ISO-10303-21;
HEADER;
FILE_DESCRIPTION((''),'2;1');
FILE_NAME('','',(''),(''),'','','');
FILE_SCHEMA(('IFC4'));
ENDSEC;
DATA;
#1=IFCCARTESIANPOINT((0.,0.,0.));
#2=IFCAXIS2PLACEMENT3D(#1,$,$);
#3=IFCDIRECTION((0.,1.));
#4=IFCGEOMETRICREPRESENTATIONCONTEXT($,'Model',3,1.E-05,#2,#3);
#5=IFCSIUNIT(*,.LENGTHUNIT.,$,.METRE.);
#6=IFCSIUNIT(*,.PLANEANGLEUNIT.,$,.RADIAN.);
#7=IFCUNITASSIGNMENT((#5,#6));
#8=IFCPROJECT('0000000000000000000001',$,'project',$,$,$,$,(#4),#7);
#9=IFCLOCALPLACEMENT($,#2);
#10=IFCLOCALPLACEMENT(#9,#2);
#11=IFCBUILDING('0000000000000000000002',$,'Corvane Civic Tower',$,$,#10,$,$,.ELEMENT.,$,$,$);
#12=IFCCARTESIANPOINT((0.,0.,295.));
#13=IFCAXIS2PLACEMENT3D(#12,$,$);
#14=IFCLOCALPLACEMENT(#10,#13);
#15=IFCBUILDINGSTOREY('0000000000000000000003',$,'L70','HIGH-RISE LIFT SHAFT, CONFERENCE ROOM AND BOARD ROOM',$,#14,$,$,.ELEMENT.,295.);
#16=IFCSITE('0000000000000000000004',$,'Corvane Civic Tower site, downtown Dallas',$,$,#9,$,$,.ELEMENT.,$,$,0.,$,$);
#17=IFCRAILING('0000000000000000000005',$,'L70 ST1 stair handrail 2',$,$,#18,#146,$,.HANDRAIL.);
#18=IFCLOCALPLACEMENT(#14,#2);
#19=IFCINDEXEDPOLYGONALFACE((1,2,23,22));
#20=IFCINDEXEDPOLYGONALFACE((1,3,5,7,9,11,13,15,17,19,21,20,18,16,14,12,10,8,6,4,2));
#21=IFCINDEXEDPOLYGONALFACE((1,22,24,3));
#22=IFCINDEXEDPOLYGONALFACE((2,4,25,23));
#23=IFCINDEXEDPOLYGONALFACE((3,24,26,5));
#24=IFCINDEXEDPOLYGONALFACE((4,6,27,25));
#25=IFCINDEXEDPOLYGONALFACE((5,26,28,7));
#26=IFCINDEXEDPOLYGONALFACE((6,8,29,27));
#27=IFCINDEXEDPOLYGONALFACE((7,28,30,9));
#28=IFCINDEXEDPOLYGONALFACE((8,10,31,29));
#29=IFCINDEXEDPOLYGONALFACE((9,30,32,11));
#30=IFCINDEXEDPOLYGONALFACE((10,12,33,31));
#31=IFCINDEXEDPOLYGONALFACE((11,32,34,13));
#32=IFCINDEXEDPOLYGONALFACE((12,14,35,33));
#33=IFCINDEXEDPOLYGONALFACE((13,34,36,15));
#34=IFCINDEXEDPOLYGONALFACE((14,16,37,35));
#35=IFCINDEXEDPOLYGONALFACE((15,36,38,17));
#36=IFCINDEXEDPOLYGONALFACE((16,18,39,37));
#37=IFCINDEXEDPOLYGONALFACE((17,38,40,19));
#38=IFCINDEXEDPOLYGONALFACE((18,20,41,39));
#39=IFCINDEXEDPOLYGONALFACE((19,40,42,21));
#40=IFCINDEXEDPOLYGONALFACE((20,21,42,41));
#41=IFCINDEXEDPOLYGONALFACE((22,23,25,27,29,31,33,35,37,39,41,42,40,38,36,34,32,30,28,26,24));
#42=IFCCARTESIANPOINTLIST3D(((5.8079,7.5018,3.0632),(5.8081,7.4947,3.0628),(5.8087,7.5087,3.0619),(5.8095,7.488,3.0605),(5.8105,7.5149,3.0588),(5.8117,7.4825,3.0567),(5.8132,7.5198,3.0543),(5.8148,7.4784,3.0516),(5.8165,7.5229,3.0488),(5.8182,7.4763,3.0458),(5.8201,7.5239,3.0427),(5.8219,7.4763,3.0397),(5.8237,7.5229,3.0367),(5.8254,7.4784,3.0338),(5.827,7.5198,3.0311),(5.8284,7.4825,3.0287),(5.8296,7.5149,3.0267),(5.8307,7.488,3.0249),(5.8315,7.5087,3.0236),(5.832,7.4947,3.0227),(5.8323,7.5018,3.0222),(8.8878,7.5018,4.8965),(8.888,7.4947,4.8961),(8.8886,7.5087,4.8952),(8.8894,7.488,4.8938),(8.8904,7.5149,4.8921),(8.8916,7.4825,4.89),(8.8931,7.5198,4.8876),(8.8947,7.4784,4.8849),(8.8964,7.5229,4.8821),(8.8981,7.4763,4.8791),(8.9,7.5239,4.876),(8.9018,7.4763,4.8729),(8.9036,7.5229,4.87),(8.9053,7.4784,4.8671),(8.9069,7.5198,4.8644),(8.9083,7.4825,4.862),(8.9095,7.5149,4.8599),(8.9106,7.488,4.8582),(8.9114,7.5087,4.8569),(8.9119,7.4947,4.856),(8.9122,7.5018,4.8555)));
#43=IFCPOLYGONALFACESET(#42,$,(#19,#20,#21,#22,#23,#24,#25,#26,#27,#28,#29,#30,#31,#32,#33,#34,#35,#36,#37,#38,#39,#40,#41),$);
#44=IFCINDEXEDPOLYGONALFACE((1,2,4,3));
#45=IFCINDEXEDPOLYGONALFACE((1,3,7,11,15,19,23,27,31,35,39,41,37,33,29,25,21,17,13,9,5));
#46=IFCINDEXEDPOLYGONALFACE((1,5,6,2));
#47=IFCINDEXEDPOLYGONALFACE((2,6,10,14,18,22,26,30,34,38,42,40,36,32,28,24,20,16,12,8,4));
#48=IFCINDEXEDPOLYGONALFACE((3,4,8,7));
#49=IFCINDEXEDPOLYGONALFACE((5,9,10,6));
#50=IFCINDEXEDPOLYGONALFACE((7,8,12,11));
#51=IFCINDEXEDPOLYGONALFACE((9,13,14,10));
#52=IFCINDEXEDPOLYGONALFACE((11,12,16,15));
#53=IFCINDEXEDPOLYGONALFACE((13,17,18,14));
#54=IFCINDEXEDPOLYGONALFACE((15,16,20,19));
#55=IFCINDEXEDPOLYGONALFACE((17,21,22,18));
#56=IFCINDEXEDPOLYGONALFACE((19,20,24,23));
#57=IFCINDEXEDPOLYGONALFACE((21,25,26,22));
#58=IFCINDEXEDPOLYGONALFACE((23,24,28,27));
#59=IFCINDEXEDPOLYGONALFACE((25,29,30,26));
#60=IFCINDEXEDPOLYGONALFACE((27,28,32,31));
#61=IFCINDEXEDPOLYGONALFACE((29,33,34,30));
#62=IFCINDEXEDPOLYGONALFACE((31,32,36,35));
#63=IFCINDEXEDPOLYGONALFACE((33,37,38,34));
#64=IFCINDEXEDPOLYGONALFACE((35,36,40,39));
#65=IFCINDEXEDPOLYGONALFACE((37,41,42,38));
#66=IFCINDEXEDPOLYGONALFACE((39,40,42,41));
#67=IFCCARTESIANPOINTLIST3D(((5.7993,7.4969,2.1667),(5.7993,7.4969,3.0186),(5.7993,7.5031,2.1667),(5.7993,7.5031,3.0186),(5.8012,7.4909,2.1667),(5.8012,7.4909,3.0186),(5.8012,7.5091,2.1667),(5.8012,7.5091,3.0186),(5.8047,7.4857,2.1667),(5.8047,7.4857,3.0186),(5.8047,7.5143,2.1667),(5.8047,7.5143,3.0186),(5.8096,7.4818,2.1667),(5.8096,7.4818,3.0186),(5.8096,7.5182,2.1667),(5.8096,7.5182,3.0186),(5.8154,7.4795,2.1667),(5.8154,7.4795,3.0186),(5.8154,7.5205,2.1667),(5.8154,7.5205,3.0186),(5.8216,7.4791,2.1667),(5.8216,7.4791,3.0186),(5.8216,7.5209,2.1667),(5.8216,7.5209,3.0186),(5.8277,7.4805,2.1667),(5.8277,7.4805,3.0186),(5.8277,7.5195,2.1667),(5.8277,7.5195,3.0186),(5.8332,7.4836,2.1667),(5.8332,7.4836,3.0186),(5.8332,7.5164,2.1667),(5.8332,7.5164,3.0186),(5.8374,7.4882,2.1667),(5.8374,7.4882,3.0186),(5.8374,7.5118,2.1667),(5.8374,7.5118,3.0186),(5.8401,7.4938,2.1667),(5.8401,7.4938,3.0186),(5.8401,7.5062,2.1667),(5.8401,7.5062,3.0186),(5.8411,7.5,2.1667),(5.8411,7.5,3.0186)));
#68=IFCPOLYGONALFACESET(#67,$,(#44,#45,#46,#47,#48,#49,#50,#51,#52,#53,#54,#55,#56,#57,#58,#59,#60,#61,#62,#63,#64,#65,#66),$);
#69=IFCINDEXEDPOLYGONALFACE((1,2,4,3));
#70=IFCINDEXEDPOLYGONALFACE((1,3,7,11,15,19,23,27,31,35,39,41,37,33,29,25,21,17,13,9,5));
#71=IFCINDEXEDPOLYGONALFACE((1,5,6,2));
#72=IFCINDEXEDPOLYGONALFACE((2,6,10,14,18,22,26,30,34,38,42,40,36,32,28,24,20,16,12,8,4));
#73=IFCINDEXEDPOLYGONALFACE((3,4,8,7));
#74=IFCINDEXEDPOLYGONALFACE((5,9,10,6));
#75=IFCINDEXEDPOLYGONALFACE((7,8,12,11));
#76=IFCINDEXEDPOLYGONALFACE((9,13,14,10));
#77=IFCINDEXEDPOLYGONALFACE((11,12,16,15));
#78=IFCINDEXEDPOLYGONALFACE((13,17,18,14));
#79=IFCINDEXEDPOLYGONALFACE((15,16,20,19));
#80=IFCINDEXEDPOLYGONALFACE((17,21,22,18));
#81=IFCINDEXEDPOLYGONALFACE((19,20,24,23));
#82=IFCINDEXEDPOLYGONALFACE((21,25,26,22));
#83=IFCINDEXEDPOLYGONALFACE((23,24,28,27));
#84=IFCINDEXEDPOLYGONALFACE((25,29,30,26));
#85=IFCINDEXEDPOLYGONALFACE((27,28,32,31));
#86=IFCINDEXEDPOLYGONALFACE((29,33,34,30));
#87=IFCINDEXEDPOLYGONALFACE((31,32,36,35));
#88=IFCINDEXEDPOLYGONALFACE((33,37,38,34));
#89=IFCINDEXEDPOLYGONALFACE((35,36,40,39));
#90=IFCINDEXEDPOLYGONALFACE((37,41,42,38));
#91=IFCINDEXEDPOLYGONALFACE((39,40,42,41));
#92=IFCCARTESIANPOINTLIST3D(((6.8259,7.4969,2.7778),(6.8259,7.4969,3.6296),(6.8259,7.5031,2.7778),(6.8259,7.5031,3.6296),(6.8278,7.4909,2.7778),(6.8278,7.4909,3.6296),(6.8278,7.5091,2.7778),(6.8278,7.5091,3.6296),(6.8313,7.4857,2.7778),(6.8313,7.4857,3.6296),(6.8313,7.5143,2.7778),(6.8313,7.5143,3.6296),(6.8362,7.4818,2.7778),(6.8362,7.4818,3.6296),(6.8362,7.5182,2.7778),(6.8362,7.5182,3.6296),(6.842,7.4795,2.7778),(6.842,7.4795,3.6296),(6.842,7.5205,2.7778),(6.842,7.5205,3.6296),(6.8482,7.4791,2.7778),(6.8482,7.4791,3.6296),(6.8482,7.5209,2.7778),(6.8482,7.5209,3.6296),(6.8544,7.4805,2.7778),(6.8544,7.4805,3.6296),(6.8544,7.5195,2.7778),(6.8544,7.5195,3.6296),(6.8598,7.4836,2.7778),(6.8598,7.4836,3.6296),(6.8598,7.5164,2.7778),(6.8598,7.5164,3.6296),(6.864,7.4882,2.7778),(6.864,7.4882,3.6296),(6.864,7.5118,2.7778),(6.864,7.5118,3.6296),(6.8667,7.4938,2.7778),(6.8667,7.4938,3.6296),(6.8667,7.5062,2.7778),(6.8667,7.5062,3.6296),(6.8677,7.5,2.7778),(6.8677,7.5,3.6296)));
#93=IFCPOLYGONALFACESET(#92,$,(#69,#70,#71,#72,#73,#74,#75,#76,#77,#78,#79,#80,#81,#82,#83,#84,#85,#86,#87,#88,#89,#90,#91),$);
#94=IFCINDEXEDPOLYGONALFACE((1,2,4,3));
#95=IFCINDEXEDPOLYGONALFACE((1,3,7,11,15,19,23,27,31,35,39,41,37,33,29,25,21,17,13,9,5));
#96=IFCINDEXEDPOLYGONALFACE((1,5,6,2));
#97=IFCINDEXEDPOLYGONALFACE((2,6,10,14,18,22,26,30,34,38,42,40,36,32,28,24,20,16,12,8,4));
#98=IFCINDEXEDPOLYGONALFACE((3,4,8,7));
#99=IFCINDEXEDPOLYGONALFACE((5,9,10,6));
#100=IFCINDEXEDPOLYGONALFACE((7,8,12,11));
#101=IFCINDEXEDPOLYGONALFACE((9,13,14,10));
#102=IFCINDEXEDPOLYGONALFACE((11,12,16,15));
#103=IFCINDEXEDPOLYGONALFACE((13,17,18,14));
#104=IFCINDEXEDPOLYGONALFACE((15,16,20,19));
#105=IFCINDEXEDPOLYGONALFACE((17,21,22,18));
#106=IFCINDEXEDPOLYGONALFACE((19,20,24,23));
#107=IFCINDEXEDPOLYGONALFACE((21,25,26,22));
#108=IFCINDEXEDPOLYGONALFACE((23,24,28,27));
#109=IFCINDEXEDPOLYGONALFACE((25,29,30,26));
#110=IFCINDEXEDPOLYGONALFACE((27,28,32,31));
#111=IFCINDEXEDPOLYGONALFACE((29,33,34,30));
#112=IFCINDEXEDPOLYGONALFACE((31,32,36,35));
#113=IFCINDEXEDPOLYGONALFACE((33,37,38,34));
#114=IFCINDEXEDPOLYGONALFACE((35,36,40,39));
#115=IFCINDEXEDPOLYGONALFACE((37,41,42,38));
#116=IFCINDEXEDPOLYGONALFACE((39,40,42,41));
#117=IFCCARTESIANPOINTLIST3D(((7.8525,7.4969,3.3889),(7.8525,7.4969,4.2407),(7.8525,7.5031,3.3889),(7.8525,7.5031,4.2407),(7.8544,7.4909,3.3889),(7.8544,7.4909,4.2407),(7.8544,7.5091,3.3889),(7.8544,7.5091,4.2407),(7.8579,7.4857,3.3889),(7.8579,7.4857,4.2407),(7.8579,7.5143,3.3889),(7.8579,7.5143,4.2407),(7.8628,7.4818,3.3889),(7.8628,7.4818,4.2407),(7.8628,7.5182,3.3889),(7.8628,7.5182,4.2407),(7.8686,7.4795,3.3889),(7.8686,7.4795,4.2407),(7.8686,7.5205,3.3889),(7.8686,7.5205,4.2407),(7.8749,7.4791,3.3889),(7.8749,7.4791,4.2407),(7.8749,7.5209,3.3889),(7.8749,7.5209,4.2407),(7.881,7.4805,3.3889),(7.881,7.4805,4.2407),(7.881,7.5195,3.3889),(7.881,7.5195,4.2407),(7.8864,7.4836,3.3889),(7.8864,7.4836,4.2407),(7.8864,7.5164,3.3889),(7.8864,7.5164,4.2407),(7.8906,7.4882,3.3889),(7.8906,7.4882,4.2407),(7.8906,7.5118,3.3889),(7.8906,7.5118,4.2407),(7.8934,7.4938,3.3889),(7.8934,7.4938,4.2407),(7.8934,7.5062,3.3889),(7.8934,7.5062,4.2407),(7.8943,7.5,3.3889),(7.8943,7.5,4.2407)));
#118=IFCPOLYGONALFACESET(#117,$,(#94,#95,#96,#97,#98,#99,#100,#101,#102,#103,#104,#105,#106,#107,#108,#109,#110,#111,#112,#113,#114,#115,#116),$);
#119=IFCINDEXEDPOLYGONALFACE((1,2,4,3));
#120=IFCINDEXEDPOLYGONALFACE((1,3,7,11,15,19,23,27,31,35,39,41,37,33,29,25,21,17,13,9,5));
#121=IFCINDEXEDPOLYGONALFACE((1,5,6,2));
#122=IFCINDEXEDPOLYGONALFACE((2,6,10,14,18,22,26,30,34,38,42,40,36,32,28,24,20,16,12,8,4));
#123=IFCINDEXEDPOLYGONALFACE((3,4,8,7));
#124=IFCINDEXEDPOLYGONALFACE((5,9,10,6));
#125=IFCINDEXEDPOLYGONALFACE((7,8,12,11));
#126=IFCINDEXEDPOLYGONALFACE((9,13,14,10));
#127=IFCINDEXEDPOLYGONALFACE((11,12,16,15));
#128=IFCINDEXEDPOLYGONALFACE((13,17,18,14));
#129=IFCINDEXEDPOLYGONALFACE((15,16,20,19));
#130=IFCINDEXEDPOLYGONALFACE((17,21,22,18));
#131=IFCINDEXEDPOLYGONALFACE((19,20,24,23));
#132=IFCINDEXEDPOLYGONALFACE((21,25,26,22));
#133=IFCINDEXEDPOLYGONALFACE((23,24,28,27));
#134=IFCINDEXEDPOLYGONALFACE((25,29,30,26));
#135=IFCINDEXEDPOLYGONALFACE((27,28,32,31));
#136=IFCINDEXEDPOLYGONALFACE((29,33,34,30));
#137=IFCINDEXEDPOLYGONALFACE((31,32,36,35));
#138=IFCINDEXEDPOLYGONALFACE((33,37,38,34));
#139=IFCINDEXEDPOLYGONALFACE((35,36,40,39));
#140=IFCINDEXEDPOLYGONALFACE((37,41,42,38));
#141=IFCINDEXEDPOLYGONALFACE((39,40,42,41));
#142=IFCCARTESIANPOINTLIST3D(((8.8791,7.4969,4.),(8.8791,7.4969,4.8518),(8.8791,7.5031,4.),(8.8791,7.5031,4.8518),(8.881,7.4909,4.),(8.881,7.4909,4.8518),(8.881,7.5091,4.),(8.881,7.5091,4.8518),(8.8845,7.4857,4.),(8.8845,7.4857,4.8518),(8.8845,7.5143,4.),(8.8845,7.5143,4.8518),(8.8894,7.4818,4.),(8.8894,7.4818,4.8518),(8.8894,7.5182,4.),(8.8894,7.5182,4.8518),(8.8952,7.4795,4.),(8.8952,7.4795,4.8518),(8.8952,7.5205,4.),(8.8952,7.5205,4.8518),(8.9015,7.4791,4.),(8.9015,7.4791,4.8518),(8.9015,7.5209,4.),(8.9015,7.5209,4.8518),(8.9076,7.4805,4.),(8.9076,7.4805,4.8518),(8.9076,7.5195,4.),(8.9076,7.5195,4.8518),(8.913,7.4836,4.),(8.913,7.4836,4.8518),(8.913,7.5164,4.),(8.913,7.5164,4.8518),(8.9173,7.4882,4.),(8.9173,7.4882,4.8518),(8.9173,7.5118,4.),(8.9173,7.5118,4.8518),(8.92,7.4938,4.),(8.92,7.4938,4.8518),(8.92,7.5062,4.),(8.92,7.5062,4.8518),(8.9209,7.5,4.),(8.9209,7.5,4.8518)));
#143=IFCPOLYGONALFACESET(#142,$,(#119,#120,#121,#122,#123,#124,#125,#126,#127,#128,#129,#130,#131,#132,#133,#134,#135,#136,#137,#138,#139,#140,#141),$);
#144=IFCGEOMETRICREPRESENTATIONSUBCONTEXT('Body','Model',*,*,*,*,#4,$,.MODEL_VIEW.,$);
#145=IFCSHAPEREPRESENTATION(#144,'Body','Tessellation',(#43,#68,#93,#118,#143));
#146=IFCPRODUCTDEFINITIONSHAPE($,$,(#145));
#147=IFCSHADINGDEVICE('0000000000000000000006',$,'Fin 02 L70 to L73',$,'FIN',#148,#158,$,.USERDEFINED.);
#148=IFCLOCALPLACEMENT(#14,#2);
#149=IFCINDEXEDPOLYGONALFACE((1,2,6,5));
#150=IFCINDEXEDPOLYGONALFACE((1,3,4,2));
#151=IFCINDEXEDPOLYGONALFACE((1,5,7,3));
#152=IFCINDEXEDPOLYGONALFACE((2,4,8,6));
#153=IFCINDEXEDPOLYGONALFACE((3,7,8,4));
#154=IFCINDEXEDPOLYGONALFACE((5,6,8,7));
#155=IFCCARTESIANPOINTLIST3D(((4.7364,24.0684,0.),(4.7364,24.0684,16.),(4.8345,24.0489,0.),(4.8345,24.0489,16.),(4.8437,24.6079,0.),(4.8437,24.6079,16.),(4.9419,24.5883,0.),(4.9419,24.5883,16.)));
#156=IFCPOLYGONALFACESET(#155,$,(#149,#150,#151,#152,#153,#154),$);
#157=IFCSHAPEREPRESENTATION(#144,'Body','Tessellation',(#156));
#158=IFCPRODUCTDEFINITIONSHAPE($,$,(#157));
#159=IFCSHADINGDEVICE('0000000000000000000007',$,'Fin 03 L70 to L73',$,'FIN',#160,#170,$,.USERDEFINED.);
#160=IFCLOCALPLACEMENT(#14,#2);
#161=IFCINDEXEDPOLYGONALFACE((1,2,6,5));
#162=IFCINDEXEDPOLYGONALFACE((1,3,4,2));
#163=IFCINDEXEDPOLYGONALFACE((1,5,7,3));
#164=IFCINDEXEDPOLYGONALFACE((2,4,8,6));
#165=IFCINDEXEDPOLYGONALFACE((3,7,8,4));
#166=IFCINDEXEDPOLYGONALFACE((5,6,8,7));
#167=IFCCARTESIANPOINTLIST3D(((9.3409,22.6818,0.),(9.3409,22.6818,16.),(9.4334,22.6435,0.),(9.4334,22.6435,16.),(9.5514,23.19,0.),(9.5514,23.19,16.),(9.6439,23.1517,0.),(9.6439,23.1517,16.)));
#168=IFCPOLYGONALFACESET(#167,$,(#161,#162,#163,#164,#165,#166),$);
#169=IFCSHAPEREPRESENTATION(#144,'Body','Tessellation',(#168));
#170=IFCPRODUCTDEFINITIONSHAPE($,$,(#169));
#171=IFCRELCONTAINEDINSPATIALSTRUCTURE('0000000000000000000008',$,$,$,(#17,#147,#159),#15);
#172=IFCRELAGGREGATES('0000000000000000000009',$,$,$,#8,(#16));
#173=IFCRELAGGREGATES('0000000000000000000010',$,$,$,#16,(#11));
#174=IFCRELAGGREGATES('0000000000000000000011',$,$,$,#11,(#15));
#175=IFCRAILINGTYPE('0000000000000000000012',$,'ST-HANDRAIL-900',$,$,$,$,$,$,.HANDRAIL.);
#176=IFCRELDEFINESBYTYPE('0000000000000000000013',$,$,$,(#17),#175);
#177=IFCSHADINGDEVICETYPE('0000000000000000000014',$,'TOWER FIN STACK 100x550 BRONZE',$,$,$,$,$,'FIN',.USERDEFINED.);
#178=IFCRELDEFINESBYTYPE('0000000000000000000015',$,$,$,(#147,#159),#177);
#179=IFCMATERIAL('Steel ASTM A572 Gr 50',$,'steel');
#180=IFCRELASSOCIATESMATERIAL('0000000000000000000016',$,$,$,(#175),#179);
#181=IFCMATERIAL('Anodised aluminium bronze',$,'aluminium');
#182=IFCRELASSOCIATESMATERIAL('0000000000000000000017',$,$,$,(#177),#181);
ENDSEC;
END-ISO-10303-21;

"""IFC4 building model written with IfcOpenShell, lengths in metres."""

from ifc_helpers import new_model, si_unit, direction, frame, origin, origin_2d, place, context, subcontext, project, spatial, rectangle, circle, extrude, material, material_profile, profile_set, type_object, element, save


model = new_model("IFC4")

# Units and contexts
model_context = context("Model", 3, precision=1e-05, world=origin(), true_north=direction((0.0, 1.0)))
body_context = subcontext(model_context, "Body", "Model", "MODEL_VIEW")
ifc_project = project(units=[si_unit("LENGTHUNIT", "METRE"), si_unit("PLANEANGLEUNIT", "RADIAN")], contexts=[model_context])

# Site, building, storey
site_placement = place(None, origin())
site = spatial("IfcSite", under=ifc_project, at=site_placement, Name="Corvane Civic Tower site, downtown Dallas", CompositionType="ELEMENT", RefElevation=0.0)
building_placement = place(site_placement, origin())
building = spatial("IfcBuilding", under=site, at=building_placement, Name="Corvane Civic Tower", CompositionType="ELEMENT")
storey_placement = place(building_placement, frame((0.0, 0.0, 295.0)))
storey = spatial("IfcBuildingStorey", under=building, at=storey_placement, Name="L70", Description="HIGH-RISE LIFT SHAFT, CONFERENCE ROOM AND BOARD ROOM", CompositionType="ELEMENT", Elevation=295.0)

# Railing
ifc_material_1 = material(Name="Steel ASTM A572 Gr 50", Category="steel")
railing_type_1 = type_object("IfcRailingType", Name="ST-HANDRAIL-900", PredefinedType="HANDRAIL", material=ifc_material_1)
railing_1_placement = place(storey_placement, frame((5.8201, 7.5, 2.1667)))
element("IfcRailing", 1, at=railing_1_placement, inside=storey, type_object=railing_type_1, Name="L70 ST1 stair handrail 2", PredefinedType="HANDRAIL", context=body_context, shape_type="SweptSolid", body=[
    extrude(circle(Radius=0.0239, at=origin_2d()), frame((0.0, 0.0, 0.876), z_axis=(0.859291, 0.0, 0.511487), x_axis=(0.0, 1.0, 0.0)), (0.0, 0.0, 1.0), 3.5842),
    extrude(circle(Radius=0.021, at=origin_2d()), origin(), (0.0, 0.0, 1.0), 0.8518),
    extrude(circle(Radius=0.021, at=origin_2d()), frame((1.0266, 0.0, 0.6111)), (0.0, 0.0, 1.0), 0.8518),
    extrude(circle(Radius=0.021, at=origin_2d()), frame((2.0532, 0.0, 1.2222)), (0.0, 0.0, 1.0), 0.8518),
    extrude(circle(Radius=0.021, at=origin_2d()), frame((3.0798, 0.0, 1.8333)), (0.0, 0.0, 1.0), 0.8518),
])

# Shading devices
ifc_material_2 = material(Name="Anodised aluminium bronze", Category="aluminium")
ifc_material_profile_1 = material_profile(ifc_material_2, rectangle(XDim=0.1001, YDim=0.55, at=origin_2d()), Name="TOWER FIN STACK 100x550 BRONZE")
ifc_profile_set_1 = profile_set([ifc_material_profile_1], Name="Anodised aluminium bronze")
shading_device_type = type_object("IfcShadingDeviceType", Name="TOWER FIN STACK 100x550 BRONZE", ElementType="FIN", PredefinedType="USERDEFINED", material=ifc_profile_set_1)
for number, where, z_axis, x_axis, name in (
    (2, (4.8391, 24.3284, 0.0), (0.0, 0.0, 1.0), (0.980785, -0.19509, 0.0), "Fin 02 L70 to L73"),
    (3, (9.4924, 22.9167, 0.0), (0.0, 0.0, 1.0), (0.92388, -0.382683, 0.0), "Fin 03 L70 to L73"),
):
    element("IfcShadingDevice", number, at=place(storey_placement, frame(where, z_axis=z_axis, x_axis=x_axis)), inside=storey, type_object=shading_device_type, Name=name, ObjectType="FIN", PredefinedType="USERDEFINED", context=body_context, shape_type="SweptSolid", body=[
        extrude(rectangle(XDim=0.1001, YDim=0.55, at=origin_2d()), origin(), (0.0, 0.0, 1.0), 16.0),
    ])

save(model, "model.ifc")
